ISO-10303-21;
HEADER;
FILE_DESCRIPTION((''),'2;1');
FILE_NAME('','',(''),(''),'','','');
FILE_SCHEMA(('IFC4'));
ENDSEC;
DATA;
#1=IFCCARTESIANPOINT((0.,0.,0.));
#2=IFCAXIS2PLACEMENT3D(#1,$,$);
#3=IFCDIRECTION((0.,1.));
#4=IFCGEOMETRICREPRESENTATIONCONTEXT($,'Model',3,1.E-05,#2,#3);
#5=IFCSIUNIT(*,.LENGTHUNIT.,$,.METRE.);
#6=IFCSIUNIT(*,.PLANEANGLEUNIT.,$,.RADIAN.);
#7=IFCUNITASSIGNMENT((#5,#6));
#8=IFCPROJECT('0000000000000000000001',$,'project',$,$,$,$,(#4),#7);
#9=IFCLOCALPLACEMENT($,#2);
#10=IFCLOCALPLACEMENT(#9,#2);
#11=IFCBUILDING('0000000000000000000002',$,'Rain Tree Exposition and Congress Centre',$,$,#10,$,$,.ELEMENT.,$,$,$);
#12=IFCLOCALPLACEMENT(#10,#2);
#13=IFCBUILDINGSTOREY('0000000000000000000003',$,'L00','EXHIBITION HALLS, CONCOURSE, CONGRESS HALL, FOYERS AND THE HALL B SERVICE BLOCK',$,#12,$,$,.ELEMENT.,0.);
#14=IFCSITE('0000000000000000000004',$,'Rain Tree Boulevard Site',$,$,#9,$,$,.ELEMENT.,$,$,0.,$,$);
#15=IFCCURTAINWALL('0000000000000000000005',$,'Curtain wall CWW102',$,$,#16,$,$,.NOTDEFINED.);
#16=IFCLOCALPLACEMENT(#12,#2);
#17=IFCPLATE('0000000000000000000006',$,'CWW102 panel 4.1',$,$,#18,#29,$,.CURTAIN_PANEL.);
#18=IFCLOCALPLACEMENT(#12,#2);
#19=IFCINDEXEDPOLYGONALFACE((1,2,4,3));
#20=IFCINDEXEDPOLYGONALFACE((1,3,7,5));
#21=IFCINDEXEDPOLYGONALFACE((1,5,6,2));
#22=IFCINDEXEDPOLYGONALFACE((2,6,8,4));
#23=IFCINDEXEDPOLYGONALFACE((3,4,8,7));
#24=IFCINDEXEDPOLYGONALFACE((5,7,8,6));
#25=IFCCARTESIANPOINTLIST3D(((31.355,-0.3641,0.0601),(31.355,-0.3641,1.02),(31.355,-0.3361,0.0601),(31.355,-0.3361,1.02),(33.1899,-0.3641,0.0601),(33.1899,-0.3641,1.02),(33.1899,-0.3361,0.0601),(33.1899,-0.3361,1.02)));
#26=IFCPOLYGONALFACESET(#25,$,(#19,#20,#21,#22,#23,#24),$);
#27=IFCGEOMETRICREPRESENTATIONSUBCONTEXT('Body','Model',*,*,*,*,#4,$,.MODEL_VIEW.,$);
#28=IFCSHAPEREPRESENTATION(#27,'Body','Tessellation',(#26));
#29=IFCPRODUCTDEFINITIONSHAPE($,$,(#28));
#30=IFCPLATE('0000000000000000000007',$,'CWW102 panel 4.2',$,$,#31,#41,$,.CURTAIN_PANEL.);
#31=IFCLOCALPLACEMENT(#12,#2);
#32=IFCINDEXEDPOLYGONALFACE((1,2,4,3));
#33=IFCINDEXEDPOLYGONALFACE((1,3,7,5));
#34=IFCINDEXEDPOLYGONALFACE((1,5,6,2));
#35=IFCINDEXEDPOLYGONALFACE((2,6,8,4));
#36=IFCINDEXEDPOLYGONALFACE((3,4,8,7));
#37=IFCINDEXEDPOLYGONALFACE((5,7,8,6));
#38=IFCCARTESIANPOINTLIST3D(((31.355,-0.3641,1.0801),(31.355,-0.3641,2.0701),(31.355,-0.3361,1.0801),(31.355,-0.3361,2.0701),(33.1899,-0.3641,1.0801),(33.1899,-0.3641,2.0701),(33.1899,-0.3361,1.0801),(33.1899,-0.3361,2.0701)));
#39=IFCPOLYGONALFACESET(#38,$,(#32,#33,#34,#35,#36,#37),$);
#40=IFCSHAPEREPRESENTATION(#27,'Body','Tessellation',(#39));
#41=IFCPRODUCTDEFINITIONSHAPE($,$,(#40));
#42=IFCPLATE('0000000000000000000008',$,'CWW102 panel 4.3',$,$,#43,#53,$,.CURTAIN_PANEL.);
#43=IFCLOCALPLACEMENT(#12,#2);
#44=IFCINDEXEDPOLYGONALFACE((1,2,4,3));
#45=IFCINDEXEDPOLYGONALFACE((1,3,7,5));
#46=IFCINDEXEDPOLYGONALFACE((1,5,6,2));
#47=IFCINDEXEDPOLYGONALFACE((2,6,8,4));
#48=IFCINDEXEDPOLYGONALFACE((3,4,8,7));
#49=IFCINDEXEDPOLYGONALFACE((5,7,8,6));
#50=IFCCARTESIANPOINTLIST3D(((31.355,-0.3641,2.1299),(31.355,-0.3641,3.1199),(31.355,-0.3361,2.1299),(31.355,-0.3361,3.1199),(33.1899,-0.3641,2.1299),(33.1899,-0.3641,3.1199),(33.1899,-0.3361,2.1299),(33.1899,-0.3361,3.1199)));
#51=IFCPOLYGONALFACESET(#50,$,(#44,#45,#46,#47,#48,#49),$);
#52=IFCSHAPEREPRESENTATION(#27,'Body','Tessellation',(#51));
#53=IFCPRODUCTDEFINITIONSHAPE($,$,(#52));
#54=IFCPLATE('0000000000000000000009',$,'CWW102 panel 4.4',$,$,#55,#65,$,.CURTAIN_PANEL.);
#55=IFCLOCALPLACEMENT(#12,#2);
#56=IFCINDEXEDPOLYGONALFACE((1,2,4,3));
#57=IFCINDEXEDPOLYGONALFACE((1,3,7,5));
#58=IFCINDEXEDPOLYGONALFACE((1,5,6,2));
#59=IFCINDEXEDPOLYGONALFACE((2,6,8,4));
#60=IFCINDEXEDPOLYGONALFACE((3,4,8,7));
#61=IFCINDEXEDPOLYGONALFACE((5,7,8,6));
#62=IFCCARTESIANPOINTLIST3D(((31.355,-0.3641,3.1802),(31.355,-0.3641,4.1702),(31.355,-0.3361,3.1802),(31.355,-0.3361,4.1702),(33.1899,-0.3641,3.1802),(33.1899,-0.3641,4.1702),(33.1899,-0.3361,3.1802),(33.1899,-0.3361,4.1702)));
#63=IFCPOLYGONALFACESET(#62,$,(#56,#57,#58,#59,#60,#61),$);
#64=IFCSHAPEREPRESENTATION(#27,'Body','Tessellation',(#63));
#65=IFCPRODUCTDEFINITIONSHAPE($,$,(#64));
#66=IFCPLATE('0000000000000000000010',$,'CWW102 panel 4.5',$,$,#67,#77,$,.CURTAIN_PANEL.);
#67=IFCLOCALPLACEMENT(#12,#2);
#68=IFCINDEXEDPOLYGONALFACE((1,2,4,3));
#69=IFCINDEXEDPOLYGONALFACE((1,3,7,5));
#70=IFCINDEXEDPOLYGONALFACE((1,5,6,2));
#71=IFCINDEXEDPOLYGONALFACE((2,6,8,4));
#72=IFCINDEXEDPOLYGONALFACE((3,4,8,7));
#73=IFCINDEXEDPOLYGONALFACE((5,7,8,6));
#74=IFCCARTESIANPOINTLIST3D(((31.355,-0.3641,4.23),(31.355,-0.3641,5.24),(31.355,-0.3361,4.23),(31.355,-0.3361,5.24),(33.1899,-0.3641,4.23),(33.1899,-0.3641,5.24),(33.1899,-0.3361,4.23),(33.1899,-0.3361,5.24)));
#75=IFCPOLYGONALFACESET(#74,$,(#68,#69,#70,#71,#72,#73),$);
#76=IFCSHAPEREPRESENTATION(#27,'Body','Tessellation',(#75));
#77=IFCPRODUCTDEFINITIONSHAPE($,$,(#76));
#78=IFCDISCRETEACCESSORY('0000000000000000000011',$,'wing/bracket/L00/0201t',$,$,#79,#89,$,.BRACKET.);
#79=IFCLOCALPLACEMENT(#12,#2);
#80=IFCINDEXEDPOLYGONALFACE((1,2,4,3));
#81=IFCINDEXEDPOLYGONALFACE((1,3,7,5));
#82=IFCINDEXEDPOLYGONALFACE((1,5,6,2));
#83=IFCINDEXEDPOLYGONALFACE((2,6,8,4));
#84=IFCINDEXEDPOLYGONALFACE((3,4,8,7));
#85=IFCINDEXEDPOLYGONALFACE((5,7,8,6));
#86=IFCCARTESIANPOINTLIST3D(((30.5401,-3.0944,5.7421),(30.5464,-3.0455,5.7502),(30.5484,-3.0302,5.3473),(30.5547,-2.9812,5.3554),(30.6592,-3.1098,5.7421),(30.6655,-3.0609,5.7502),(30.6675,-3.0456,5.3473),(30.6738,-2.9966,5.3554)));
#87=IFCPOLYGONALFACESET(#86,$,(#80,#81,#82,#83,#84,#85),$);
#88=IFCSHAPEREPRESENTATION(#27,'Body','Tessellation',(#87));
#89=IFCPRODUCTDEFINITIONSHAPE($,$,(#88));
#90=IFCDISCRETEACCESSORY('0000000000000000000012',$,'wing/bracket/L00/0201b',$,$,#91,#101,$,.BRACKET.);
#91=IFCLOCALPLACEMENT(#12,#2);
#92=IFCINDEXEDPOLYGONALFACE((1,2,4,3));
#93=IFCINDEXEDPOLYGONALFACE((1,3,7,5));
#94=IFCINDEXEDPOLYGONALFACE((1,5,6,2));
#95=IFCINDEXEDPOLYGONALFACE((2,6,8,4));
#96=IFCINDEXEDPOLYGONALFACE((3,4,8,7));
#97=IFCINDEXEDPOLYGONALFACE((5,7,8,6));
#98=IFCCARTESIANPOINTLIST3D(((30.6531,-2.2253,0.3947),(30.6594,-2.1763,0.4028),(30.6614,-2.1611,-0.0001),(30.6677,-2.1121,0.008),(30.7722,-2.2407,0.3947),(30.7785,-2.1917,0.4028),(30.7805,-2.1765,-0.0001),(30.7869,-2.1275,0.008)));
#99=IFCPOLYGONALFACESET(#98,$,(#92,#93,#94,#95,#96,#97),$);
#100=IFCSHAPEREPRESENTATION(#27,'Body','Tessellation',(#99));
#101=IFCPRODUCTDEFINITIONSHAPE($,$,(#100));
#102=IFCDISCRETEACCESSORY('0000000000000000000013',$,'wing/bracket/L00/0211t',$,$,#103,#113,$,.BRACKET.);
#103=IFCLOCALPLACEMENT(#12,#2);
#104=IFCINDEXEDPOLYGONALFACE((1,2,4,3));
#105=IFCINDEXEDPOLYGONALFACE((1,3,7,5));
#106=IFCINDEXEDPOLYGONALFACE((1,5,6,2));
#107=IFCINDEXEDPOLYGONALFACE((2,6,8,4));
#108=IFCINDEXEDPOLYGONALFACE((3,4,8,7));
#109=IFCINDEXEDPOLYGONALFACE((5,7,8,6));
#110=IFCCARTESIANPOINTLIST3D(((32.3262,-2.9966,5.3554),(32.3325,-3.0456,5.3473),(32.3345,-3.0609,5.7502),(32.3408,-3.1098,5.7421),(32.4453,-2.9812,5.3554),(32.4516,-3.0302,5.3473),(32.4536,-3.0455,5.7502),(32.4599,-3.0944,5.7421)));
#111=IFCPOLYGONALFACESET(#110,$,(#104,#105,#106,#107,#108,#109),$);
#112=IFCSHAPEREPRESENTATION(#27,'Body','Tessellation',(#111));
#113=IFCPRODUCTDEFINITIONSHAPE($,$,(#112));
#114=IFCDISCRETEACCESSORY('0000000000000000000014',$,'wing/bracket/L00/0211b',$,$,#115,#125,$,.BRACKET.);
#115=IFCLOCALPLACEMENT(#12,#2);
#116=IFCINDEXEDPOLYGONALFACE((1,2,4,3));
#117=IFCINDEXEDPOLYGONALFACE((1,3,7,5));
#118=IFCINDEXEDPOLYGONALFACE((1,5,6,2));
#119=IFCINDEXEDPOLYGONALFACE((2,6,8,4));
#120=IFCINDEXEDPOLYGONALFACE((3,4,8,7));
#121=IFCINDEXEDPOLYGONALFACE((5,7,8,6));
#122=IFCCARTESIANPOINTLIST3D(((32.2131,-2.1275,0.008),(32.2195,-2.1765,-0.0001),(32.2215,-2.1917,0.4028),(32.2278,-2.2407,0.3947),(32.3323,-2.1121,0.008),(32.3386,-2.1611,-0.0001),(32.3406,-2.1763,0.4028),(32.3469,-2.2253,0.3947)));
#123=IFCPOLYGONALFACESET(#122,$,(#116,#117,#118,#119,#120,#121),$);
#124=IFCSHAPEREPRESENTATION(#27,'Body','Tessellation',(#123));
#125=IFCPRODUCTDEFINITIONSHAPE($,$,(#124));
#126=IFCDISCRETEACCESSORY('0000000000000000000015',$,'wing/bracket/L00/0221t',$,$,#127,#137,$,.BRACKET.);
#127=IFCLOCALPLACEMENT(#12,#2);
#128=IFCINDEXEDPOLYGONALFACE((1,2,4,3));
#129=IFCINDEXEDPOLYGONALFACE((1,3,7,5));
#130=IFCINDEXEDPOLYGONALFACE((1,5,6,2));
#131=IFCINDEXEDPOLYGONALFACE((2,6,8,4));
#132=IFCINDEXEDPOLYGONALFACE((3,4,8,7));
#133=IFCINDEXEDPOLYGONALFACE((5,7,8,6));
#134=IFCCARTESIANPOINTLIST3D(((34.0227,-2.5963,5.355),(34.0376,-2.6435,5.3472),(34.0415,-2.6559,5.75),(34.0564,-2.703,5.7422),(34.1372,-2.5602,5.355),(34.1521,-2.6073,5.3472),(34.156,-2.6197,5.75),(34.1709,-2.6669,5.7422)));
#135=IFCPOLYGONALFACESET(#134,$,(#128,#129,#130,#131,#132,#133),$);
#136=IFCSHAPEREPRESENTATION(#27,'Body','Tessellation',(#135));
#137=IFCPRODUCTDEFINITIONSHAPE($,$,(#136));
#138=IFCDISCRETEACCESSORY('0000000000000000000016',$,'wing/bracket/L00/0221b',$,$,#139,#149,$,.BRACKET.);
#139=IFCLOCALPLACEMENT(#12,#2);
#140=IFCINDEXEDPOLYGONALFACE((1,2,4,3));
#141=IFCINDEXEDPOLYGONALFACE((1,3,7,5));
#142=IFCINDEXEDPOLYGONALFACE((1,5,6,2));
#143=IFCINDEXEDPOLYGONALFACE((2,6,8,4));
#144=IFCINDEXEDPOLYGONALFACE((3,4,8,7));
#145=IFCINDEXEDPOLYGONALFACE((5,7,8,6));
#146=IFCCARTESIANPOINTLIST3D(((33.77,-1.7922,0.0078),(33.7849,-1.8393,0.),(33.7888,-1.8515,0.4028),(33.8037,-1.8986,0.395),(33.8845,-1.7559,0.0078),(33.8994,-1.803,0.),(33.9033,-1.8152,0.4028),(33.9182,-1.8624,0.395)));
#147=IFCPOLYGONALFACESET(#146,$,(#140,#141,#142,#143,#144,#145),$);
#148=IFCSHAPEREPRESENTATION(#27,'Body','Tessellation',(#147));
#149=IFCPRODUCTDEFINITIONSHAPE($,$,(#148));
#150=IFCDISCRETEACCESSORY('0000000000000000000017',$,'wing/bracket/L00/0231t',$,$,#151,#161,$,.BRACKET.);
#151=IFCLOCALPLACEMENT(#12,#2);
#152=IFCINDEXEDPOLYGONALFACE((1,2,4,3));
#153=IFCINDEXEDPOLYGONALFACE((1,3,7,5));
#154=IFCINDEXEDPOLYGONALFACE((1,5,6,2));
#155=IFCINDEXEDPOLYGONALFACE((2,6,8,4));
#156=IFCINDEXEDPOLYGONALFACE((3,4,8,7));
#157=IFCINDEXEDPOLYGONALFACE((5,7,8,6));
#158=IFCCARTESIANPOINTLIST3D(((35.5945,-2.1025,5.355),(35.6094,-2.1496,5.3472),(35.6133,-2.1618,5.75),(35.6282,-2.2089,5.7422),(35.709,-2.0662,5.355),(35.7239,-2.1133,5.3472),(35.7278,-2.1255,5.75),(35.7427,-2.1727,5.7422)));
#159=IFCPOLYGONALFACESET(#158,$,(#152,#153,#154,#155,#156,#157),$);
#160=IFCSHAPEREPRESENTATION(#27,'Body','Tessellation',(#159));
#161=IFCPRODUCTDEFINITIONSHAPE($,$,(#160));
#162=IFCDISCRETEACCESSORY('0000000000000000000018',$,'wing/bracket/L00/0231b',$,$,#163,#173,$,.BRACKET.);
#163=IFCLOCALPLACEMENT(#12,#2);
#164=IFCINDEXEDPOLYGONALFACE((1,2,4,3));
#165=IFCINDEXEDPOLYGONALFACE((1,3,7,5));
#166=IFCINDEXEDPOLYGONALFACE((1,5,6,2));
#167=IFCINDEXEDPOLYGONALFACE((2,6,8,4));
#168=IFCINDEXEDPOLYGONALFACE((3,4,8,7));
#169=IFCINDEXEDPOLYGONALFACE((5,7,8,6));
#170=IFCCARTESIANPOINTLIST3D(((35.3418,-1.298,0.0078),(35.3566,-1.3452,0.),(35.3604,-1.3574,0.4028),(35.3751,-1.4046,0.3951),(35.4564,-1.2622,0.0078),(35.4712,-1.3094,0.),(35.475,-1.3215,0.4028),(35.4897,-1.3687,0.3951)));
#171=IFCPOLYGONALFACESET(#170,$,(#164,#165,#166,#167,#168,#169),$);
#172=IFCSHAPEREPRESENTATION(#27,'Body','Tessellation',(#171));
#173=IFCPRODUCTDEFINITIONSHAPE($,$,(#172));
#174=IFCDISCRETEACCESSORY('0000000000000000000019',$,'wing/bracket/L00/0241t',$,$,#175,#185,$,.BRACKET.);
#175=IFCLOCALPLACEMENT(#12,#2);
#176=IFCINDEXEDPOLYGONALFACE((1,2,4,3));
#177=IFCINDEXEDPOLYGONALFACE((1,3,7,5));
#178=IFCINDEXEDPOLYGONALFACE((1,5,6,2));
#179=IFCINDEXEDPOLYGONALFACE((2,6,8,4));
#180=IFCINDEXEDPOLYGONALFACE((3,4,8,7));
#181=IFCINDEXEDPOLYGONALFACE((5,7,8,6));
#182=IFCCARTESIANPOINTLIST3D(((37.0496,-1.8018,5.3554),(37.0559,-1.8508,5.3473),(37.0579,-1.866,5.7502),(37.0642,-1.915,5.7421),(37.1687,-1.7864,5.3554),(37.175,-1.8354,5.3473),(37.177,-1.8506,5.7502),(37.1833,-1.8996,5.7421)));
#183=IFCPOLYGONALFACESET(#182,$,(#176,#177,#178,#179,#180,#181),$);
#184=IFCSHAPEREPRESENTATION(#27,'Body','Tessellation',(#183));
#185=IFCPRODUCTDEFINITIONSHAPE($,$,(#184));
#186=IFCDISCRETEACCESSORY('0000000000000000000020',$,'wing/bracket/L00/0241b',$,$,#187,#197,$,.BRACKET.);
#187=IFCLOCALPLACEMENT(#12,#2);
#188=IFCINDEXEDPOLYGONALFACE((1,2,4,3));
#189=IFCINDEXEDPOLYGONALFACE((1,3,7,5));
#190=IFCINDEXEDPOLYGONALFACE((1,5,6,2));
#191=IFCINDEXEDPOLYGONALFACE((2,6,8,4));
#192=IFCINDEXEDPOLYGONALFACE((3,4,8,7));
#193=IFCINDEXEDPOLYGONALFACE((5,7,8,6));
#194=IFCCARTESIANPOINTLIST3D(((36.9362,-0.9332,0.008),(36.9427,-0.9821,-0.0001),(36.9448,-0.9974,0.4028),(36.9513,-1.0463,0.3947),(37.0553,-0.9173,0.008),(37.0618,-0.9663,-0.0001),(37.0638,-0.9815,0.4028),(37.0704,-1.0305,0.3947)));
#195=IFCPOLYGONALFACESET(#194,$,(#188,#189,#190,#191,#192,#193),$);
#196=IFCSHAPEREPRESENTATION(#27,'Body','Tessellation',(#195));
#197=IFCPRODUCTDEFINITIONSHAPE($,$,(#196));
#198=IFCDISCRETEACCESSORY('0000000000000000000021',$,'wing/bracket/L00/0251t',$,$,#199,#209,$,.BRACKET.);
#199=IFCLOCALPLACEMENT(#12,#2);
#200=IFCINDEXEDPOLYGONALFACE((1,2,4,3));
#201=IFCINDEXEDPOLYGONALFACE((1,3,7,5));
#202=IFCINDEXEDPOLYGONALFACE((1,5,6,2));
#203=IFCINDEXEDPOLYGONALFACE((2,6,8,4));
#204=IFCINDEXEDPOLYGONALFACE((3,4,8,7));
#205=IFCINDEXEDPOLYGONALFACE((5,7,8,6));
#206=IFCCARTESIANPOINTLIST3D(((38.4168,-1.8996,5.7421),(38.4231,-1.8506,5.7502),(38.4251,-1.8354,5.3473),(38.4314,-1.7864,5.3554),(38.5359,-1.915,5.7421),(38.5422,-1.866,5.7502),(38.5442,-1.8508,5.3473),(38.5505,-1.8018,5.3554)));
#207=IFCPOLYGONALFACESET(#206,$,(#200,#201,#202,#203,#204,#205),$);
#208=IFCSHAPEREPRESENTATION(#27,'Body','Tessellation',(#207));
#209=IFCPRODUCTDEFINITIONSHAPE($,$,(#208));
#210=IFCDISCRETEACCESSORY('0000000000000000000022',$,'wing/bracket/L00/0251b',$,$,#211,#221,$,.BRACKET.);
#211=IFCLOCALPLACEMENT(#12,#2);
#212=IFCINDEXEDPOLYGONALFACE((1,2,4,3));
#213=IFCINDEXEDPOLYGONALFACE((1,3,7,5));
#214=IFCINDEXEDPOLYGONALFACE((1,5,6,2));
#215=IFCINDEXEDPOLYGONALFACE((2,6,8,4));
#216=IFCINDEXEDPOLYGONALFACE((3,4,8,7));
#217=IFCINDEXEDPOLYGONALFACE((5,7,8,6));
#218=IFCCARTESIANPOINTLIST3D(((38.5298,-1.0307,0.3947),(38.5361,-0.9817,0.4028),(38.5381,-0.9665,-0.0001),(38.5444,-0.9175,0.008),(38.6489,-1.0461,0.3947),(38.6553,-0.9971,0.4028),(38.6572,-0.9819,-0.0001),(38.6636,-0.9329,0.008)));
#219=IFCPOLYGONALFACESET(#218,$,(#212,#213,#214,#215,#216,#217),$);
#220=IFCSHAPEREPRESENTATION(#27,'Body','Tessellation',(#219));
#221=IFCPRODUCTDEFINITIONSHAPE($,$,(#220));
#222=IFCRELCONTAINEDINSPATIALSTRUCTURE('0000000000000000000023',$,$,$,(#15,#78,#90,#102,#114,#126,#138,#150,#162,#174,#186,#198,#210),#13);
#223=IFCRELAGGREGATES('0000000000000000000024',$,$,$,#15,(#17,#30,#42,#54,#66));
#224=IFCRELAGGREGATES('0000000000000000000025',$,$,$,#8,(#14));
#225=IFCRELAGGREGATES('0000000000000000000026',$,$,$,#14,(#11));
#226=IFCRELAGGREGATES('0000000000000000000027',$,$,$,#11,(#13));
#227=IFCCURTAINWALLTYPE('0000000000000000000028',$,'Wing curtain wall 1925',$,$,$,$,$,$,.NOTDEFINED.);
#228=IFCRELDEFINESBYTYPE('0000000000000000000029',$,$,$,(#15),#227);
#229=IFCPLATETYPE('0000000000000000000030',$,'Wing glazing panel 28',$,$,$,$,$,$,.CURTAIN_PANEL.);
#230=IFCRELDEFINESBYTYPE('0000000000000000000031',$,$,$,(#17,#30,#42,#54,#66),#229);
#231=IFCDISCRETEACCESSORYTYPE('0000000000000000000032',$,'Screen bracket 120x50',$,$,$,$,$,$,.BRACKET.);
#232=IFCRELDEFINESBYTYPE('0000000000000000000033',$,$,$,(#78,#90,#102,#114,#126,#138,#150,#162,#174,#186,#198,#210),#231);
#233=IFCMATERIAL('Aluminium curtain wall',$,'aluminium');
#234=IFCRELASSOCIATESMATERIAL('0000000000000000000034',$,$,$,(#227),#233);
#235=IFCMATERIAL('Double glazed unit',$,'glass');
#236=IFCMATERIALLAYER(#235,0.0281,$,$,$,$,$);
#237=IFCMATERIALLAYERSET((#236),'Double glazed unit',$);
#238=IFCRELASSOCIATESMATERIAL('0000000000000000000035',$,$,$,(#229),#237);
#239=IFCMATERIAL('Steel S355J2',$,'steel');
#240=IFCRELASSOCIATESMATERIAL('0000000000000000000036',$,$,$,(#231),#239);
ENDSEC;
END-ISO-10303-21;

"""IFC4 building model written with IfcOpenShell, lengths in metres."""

from ifc_helpers import new_model, si_unit, direction, frame, origin, origin_2d, place, context, subcontext, project, spatial, rectangle, extrude, material, layer, layer_set, material_profile, profile_set, type_object, element, aggregate, save


model = new_model("IFC4")

# Units and contexts
model_context = context("Model", 3, precision=1e-05, world=origin(), true_north=direction((0.0, 1.0)))
body_context = subcontext(model_context, "Body", "Model", "MODEL_VIEW")
ifc_project = project(units=[si_unit("LENGTHUNIT", "METRE"), si_unit("PLANEANGLEUNIT", "RADIAN")], contexts=[model_context])

# Site, building, storey
site_placement = place(None, origin())
site = spatial("IfcSite", under=ifc_project, at=site_placement, Name="Rain Tree Boulevard Site", CompositionType="ELEMENT", RefElevation=0.0)
building_placement = place(site_placement, origin())
building = spatial("IfcBuilding", under=site, at=building_placement, Name="Rain Tree Exposition and Congress Centre", CompositionType="ELEMENT")
storey_placement = place(building_placement, origin())
storey = spatial("IfcBuildingStorey", under=building, at=storey_placement, Name="L00", Description="EXHIBITION HALLS, CONCOURSE, CONGRESS HALL, FOYERS AND THE HALL B SERVICE BLOCK", CompositionType="ELEMENT", Elevation=0.0)

# Curtain wall
ifc_material_1 = material(Name="Aluminium curtain wall", Category="aluminium")
curtain_wall_type = type_object("IfcCurtainWallType", Name="Wing curtain wall 1925", PredefinedType="NOTDEFINED", material=ifc_material_1)
curtain_wall_1_placement = place(storey_placement, origin())
curtain_wall_1 = element("IfcCurtainWall", 1, at=curtain_wall_1_placement, inside=storey, type_object=curtain_wall_type, Name="Curtain wall CWW102", PredefinedType="NOTDEFINED")

# Plates
ifc_material_2 = material(Name="Double glazed unit", Category="glass")
ifc_layer_1 = layer(ifc_material_2, 0.0281)
ifc_layer_set_1 = layer_set([ifc_layer_1], Name="Double glazed unit")
plate_type = type_object("IfcPlateType", Name="Wing glazing panel 28", PredefinedType="CURTAIN_PANEL", material=ifc_layer_set_1)
plate_1_placement = place(storey_placement, frame((32.2725, -0.3501, 0.0601), z_axis=(0.0, 0.0, 1.0), x_axis=(1.0, 0.0, 0.0)))
plate_1 = element("IfcPlate", 2, at=plate_1_placement, type_object=plate_type, Name="CWW102 panel 4.1", PredefinedType="CURTAIN_PANEL", context=body_context, shape_type="SweptSolid", body=[
    extrude(rectangle(XDim=1.835, YDim=0.0281, at=origin_2d()), origin(), (0.0, 0.0, 1.0), 0.96),
])
plate_2_placement = place(storey_placement, frame((32.2725, -0.3501, 1.0801), z_axis=(0.0, 0.0, 1.0), x_axis=(1.0, 0.0, 0.0)))
plate_2 = element("IfcPlate", 3, at=plate_2_placement, type_object=plate_type, Name="CWW102 panel 4.2", PredefinedType="CURTAIN_PANEL", context=body_context, shape_type="SweptSolid", body=[
    extrude(rectangle(XDim=1.835, YDim=0.0281, at=origin_2d()), origin(), (0.0, 0.0, 1.0), 0.99),
])
plate_3_placement = place(storey_placement, frame((32.2725, -0.3501, 2.1299), z_axis=(0.0, 0.0, 1.0), x_axis=(1.0, 0.0, 0.0)))
plate_3 = element("IfcPlate", 4, at=plate_3_placement, type_object=plate_type, Name="CWW102 panel 4.3", PredefinedType="CURTAIN_PANEL", context=body_context, shape_type="SweptSolid", body=[
    extrude(rectangle(XDim=1.835, YDim=0.0281, at=origin_2d()), origin(), (0.0, 0.0, 1.0), 0.99),
])
plate_4_placement = place(storey_placement, frame((32.2725, -0.3501, 3.1802), z_axis=(0.0, 0.0, 1.0), x_axis=(1.0, 0.0, 0.0)))
plate_4 = element("IfcPlate", 5, at=plate_4_placement, type_object=plate_type, Name="CWW102 panel 4.4", PredefinedType="CURTAIN_PANEL", context=body_context, shape_type="SweptSolid", body=[
    extrude(rectangle(XDim=1.835, YDim=0.0281, at=origin_2d()), origin(), (0.0, 0.0, 1.0), 0.99),
])
plate_5_placement = place(storey_placement, frame((32.2725, -0.3501, 4.23), z_axis=(0.0, 0.0, 1.0), x_axis=(1.0, 0.0, 0.0)))
plate_5 = element("IfcPlate", 6, at=plate_5_placement, type_object=plate_type, Name="CWW102 panel 4.5", PredefinedType="CURTAIN_PANEL", context=body_context, shape_type="SweptSolid", body=[
    extrude(rectangle(XDim=1.835, YDim=0.0281, at=origin_2d()), origin(), (0.0, 0.0, 1.0), 1.01),
])
aggregate(curtain_wall_1, [plate_1, plate_2, plate_3, plate_4, plate_5])

# Discrete accessories
ifc_material_3 = material(Name="Steel S355J2", Category="steel")
ifc_material_profile_1 = material_profile(ifc_material_3, rectangle(XDim=0.1201, YDim=0.05, at=origin_2d()), Name="Flat bar 120x50")
ifc_profile_set_1 = profile_set([ifc_material_profile_1], Name="Steel S355J2")
discrete_accessory_type = type_object("IfcDiscreteAccessoryType", Name="Screen bracket 120x50", PredefinedType="BRACKET", material=ifc_profile_set_1)
for number, where, z_axis, x_axis, name in (
    (7, (30.6111, -3.0134, 5.3513), (-0.020749, -0.160503, 0.986817), (0.991747, -0.128211, 0.0), "wing/bracket/L00/0201t"),
    (8, (30.7241, -2.1443, 0.0039), (-0.020749, -0.160503, 0.986817), (0.991747, -0.128211, 0.0), "wing/bracket/L00/0201b"),
    (9, (32.3889, -3.0134, 5.3513), (0.020749, -0.160503, 0.986817), (0.991747, 0.128211, 0.0), "wing/bracket/L00/0211t"),
    (10, (32.2759, -2.1443, 0.0039), (0.020749, -0.160503, 0.986817), (0.991747, 0.128211, 0.0), "wing/bracket/L00/0211b"),
):
    element("IfcDiscreteAccessory", number, at=place(storey_placement, frame(where, z_axis=z_axis, x_axis=x_axis)), inside=storey, type_object=discrete_accessory_type, Name=name, PredefinedType="BRACKET", context=body_context, shape_type="SweptSolid", body=[
        extrude(rectangle(XDim=0.1201, YDim=0.05, at=origin_2d()), origin(), (0.0, 0.0, 1.0), 0.4001),
    ])
for number, where, z_axis, x_axis, name in (
    (11, (34.0874, -2.6018, 5.3511), (0.047006, -0.148953, 0.987726), (0.953642, 0.300944, 0.0), "wing/bracket/L00/0221t"),
    (12, (33.8347, -1.7976, 0.0039), (0.04701, -0.148356, 0.987816), (0.953286, 0.30207, 0.0), "wing/bracket/L00/0221b"),
    (13, (35.6592, -2.1079, 5.3511), (0.04701, -0.148356, 0.987816), (0.953286, 0.30207, 0.0), "wing/bracket/L00/0231t"),
    (14, (35.4065, -1.3037, 0.0039), (0.046401, -0.14836, 0.987844), (0.95441, 0.298499, 0.0), "wing/bracket/L00/0231b"),
):
    element("IfcDiscreteAccessory", number, at=place(storey_placement, frame(where, z_axis=z_axis, x_axis=x_axis)), inside=storey, type_object=discrete_accessory_type, Name=name, PredefinedType="BRACKET", context=body_context, shape_type="SweptSolid", body=[
        extrude(rectangle(XDim=0.1201, YDim=0.05, at=origin_2d()), origin(), (0.0, 0.0, 1.0), 0.3999),
    ])
for number, where, z_axis, x_axis, name in (
    (15, (37.1123, -1.8186, 5.3513), (0.020749, -0.160503, 0.986817), (0.991747, 0.128211, 0.0), "wing/bracket/L00/0241t"),
    (16, (36.999, -0.9497, 0.0039), (0.021359, -0.160501, 0.986805), (0.991261, 0.131917, 0.0), "wing/bracket/L00/0241b"),
    (17, (38.4878, -1.8186, 5.3513), (-0.020749, -0.160503, 0.986817), (0.991747, -0.128211, 0.0), "wing/bracket/L00/0251t"),
    (18, (38.6008, -0.9497, 0.0039), (-0.020749, -0.160503, 0.986817), (0.991747, -0.128211, 0.0), "wing/bracket/L00/0251b"),
):
    element("IfcDiscreteAccessory", number, at=place(storey_placement, frame(where, z_axis=z_axis, x_axis=x_axis)), inside=storey, type_object=discrete_accessory_type, Name=name, PredefinedType="BRACKET", context=body_context, shape_type="SweptSolid", body=[
        extrude(rectangle(XDim=0.1201, YDim=0.05, at=origin_2d()), origin(), (0.0, 0.0, 1.0), 0.4001),
    ])

save(model, "model.ifc")
